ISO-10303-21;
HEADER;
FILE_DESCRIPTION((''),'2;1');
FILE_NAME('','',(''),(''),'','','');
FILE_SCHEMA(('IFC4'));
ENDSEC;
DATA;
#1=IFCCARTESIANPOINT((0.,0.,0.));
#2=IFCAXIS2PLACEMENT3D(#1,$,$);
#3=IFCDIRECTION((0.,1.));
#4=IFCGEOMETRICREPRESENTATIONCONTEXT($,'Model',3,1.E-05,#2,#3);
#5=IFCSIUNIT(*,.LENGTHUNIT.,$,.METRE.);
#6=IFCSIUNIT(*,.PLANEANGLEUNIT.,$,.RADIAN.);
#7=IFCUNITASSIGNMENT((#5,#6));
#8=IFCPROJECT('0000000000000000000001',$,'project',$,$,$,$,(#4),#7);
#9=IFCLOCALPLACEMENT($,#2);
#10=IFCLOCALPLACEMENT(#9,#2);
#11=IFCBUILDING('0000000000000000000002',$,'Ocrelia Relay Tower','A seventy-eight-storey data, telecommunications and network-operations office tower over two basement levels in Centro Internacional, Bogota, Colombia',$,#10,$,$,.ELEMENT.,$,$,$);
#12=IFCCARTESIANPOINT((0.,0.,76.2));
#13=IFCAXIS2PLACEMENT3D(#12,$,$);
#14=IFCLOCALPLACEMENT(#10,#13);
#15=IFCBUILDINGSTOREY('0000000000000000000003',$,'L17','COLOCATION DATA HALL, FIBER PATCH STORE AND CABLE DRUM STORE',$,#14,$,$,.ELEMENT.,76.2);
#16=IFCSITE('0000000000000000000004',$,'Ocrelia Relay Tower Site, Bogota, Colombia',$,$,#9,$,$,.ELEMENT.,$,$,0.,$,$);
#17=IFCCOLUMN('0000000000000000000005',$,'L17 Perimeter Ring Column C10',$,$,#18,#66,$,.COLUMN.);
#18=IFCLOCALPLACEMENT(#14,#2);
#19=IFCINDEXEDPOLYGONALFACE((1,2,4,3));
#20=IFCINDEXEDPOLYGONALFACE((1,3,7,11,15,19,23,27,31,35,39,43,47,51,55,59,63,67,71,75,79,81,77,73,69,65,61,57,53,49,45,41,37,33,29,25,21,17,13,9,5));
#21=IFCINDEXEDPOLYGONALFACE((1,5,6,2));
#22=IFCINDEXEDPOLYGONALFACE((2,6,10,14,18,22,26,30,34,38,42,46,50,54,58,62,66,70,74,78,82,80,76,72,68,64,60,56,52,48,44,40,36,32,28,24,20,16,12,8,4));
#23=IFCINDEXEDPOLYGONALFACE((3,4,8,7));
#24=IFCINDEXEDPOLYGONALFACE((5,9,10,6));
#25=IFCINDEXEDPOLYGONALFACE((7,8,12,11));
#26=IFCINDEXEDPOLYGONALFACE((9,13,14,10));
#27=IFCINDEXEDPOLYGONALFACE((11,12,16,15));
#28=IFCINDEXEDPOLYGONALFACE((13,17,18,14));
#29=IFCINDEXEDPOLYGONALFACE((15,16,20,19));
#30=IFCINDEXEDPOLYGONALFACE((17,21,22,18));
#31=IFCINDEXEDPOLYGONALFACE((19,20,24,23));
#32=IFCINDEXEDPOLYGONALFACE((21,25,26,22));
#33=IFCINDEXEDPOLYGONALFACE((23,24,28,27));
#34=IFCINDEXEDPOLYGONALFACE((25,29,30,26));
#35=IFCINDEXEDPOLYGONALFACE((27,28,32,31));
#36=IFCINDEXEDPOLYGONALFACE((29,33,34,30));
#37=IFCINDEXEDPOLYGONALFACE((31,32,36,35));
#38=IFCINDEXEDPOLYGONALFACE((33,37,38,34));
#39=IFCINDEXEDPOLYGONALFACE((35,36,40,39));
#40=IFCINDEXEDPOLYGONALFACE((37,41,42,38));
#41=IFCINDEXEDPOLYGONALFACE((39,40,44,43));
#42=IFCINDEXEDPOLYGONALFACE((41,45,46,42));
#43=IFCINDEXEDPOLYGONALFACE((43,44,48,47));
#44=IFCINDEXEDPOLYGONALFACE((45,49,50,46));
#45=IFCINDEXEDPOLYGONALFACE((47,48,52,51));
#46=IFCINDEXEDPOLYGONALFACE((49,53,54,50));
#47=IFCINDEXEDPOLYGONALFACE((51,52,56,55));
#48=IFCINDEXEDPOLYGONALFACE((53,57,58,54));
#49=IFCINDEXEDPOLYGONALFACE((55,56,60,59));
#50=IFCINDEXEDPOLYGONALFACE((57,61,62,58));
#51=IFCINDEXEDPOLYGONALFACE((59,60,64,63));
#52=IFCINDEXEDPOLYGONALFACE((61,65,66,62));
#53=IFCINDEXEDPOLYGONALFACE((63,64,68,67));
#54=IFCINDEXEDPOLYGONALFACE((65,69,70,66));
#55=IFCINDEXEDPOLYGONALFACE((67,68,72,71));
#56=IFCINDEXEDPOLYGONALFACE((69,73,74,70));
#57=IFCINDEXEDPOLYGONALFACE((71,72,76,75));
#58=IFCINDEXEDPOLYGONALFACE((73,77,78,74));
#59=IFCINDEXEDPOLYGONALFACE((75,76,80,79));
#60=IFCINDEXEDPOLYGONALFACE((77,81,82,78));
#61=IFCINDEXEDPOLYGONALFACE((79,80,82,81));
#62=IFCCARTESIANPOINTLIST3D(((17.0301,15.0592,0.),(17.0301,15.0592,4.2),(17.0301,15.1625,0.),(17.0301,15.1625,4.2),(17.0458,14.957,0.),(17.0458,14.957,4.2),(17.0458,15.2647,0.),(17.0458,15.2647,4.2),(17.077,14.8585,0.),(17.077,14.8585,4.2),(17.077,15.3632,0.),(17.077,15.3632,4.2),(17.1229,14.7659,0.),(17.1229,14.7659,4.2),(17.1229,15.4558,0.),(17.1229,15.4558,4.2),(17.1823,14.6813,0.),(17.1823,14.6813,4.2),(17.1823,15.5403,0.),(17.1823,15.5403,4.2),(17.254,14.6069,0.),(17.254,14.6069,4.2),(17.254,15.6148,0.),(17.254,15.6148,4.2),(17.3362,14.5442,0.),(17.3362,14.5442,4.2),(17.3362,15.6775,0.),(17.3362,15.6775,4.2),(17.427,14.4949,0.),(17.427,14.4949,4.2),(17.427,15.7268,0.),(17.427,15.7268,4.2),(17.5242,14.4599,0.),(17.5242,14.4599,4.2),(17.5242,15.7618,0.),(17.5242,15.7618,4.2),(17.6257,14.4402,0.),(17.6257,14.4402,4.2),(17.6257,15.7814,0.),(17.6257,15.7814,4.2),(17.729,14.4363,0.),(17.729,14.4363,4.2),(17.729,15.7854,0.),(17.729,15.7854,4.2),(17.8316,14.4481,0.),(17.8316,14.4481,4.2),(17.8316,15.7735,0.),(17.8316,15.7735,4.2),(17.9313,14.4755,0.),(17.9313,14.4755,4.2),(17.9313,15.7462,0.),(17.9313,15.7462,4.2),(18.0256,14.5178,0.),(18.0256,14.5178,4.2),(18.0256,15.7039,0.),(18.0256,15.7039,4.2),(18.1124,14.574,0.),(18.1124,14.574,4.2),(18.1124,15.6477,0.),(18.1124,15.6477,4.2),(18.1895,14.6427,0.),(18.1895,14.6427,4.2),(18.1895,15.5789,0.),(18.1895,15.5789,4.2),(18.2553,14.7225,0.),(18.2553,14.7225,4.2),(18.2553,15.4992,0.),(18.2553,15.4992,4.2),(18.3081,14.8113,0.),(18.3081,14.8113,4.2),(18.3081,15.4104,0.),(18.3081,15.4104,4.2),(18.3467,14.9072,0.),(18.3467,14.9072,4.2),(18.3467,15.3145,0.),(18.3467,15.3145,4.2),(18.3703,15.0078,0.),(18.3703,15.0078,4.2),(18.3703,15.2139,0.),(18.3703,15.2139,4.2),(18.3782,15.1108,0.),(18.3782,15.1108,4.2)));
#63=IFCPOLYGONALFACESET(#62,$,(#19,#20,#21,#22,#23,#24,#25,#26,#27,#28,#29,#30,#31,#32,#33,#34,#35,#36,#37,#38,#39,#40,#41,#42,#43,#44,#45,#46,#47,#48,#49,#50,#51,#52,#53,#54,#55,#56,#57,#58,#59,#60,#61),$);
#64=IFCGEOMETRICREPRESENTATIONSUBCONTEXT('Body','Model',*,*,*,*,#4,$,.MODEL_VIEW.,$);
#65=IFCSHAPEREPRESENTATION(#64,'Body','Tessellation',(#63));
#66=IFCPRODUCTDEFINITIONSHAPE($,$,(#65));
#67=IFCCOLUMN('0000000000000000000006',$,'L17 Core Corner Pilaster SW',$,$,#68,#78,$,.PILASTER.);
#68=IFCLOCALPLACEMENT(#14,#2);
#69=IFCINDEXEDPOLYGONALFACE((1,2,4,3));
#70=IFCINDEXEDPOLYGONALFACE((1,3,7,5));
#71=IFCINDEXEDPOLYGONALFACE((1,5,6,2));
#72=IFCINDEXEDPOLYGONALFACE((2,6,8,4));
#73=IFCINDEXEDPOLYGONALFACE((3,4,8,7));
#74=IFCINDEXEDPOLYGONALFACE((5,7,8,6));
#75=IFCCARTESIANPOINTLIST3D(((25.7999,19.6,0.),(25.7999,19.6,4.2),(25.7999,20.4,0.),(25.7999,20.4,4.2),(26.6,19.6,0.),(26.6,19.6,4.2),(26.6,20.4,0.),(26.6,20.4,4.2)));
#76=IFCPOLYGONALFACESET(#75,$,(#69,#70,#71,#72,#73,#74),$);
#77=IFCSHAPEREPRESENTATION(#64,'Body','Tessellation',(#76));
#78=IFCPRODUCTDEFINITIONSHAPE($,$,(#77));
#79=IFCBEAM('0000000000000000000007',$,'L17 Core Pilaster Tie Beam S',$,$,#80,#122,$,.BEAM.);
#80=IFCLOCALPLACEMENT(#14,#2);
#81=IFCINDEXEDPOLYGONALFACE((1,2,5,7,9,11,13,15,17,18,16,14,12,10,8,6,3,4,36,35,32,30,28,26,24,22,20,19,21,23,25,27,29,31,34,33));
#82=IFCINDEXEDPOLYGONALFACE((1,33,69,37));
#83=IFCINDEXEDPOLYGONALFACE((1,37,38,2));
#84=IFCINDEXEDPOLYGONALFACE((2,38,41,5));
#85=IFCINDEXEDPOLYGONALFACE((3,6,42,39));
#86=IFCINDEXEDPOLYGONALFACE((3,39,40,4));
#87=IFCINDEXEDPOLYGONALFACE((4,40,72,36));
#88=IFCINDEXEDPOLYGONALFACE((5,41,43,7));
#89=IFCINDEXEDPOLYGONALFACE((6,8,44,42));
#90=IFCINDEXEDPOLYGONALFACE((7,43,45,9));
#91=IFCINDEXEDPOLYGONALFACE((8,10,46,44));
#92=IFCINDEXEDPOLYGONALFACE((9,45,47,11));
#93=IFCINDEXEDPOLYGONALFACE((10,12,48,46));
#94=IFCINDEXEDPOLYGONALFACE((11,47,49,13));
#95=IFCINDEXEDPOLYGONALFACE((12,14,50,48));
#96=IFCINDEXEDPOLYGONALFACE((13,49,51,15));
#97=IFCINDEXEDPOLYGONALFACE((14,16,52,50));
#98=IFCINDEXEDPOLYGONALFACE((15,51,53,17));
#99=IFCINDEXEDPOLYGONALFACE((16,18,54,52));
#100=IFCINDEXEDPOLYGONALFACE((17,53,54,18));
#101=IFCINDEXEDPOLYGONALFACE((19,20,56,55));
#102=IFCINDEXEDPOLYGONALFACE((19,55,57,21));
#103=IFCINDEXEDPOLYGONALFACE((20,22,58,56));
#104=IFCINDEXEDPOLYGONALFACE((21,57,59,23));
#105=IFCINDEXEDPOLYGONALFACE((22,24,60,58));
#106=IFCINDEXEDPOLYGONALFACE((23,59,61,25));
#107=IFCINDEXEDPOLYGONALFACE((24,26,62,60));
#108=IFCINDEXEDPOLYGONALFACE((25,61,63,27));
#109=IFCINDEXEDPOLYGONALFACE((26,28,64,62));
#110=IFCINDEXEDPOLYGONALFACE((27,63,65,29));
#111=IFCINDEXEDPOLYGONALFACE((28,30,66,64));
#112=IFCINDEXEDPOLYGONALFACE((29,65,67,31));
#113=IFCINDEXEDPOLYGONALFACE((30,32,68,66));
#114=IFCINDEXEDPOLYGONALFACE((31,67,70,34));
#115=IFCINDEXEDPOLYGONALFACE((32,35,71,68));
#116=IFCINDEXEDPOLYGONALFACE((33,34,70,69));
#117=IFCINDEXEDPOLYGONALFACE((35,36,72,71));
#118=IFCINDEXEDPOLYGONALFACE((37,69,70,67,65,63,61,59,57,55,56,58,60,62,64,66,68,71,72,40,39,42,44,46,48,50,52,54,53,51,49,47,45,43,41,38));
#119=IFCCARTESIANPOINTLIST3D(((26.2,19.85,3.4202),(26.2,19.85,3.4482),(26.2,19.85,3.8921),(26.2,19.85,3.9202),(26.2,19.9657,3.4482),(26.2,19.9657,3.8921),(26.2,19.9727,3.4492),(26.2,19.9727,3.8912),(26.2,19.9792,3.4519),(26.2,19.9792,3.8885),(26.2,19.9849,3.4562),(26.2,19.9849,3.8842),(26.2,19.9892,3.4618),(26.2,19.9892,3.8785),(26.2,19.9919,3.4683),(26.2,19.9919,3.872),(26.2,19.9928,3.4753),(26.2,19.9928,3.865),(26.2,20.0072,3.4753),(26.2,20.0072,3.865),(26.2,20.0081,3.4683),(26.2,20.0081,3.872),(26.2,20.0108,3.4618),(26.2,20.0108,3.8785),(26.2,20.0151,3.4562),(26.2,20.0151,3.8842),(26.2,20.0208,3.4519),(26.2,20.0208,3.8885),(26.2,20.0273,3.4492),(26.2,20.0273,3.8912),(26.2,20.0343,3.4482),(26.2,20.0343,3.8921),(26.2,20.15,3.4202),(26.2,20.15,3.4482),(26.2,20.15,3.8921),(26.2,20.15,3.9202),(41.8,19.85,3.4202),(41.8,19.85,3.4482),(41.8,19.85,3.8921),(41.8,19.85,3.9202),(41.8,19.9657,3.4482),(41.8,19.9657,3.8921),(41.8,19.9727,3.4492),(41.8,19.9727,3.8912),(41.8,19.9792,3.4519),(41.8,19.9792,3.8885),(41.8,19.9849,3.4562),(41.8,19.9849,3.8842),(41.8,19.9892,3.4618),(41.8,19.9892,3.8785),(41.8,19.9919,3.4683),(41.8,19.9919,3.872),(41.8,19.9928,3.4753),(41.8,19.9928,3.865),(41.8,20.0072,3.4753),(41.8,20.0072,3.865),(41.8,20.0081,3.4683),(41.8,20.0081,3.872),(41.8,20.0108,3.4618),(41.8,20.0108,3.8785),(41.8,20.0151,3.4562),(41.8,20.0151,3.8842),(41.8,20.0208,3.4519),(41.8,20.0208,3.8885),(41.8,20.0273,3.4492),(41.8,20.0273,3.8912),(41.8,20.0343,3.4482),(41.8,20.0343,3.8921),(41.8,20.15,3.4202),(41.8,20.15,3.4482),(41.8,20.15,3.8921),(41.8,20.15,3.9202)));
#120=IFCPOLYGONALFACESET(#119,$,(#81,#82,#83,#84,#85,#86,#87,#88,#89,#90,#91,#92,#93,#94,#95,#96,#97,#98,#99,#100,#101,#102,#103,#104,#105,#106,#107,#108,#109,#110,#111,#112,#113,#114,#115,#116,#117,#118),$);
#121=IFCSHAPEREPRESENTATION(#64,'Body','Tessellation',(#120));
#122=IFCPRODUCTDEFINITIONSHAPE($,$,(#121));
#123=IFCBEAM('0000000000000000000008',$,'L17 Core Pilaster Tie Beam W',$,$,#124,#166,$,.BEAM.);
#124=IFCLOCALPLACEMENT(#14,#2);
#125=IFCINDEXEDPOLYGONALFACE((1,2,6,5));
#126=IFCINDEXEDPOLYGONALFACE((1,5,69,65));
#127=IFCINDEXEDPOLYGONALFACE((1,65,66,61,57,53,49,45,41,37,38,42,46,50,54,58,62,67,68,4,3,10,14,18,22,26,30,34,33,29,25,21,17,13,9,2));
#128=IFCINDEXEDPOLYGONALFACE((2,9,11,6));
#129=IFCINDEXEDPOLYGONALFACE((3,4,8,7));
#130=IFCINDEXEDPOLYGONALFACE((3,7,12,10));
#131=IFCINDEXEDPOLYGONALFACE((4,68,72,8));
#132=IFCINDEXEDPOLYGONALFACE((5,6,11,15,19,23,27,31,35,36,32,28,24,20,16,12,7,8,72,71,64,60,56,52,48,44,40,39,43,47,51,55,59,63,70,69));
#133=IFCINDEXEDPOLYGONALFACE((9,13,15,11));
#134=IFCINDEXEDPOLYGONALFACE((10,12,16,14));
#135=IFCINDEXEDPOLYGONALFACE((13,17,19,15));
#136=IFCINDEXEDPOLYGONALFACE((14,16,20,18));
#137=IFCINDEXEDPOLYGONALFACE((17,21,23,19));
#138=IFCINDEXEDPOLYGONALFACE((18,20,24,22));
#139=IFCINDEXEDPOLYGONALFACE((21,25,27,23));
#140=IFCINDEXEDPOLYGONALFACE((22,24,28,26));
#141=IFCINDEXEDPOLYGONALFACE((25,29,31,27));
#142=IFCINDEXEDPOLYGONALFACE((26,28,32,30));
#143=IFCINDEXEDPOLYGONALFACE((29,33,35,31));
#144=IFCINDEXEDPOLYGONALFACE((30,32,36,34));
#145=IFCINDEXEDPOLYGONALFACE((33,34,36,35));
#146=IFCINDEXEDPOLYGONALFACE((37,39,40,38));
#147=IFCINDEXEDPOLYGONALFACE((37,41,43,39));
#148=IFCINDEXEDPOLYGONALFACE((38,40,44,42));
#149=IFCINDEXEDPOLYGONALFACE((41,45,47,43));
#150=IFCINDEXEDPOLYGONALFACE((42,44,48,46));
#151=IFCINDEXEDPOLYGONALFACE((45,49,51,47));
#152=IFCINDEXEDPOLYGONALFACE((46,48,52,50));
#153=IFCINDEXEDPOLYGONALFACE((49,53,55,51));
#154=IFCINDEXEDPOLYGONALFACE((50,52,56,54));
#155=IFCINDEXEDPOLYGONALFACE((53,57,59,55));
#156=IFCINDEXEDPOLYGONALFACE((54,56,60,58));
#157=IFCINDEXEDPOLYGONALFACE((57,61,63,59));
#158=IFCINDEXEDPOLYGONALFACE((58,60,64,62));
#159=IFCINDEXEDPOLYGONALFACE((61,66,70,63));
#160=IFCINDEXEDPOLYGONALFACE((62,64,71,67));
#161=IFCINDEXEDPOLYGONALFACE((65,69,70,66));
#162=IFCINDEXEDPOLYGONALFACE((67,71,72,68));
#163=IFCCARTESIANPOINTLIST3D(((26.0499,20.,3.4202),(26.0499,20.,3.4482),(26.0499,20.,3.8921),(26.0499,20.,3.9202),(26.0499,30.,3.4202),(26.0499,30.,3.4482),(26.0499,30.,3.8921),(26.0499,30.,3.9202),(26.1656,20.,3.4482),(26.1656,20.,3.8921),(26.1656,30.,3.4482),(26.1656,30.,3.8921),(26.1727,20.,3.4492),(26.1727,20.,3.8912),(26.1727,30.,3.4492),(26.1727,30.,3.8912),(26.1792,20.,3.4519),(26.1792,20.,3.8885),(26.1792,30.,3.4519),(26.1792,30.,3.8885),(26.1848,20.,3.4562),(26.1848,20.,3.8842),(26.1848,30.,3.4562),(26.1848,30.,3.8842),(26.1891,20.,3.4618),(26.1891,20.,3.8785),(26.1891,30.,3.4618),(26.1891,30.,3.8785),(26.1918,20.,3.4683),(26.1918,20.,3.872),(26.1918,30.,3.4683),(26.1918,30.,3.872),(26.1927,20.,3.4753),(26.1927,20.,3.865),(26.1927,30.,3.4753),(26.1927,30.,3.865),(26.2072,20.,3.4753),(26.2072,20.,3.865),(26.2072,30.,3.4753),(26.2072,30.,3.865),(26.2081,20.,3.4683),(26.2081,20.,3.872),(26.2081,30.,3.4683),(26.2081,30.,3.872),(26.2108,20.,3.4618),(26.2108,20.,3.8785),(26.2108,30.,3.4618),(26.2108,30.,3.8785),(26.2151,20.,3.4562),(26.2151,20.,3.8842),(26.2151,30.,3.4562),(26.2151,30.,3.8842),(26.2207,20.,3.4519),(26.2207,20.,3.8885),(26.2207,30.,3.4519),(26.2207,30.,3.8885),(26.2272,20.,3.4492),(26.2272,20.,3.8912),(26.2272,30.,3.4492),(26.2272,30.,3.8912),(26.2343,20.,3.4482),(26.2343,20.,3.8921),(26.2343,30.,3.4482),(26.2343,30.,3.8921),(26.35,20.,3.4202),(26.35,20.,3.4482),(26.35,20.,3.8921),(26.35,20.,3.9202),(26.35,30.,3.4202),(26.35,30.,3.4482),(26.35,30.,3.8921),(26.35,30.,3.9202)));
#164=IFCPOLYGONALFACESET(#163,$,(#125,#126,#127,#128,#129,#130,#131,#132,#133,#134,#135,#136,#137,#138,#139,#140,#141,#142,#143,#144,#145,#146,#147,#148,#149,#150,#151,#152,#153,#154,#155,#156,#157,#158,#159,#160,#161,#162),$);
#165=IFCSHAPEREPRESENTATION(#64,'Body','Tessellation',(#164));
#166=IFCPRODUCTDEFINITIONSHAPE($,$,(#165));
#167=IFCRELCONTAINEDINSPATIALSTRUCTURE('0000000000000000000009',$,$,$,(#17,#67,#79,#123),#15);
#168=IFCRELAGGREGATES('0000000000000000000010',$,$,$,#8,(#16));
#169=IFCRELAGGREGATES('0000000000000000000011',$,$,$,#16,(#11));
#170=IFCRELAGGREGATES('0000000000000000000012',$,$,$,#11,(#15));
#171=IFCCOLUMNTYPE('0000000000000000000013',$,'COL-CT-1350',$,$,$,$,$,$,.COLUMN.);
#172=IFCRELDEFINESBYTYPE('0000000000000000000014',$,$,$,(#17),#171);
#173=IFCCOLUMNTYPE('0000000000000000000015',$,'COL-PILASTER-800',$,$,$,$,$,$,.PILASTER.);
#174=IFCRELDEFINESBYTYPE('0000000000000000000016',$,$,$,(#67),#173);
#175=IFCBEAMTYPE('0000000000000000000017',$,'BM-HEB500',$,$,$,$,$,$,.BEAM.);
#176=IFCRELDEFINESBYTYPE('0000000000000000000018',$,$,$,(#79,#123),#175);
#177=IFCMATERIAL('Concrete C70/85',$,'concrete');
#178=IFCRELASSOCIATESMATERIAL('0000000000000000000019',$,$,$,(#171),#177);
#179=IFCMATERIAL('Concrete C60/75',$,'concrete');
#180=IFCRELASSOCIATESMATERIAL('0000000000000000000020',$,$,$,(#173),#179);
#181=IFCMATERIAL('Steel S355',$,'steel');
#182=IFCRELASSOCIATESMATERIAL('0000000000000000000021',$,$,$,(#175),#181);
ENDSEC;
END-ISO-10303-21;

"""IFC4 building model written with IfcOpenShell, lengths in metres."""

from ifc_helpers import new_model, si_unit, direction, frame, origin, origin_2d, place, context, subcontext, project, spatial, rectangle, circle, i_section, extrude, material, material_profile, profile_set, type_object, element, save


model = new_model("IFC4")

# Units and contexts
model_context = context("Model", 3, precision=1e-05, world=origin(), true_north=direction((0.0, 1.0)))
body_context = subcontext(model_context, "Body", "Model", "MODEL_VIEW")
ifc_project = project(units=[si_unit("LENGTHUNIT", "METRE"), si_unit("PLANEANGLEUNIT", "RADIAN")], contexts=[model_context])

# Site, building, storey
site_placement = place(None, origin())
site = spatial("IfcSite", under=ifc_project, at=site_placement, Name="Ocrelia Relay Tower Site, Bogota, Colombia", CompositionType="ELEMENT", RefElevation=0.0)
building_placement = place(site_placement, origin())
building = spatial("IfcBuilding", under=site, at=building_placement, Name="Ocrelia Relay Tower", Description="A seventy-eight-storey data, telecommunications and network-operations office tower over two basement levels in Centro Internacional, Bogota, Colombia", CompositionType="ELEMENT")
storey_placement = place(building_placement, frame((0.0, 0.0, 76.2)))
storey = spatial("IfcBuildingStorey", under=building, at=storey_placement, Name="L17", Description="COLOCATION DATA HALL, FIBER PATCH STORE AND CABLE DRUM STORE", CompositionType="ELEMENT", Elevation=76.2)

# Columns
ifc_material_1 = material(Name="Concrete C70/85", Category="concrete")
ifc_material_profile_1 = material_profile(ifc_material_1, circle(Radius=0.675, at=origin_2d()), Name="RC-CIR-1350")
ifc_profile_set_1 = profile_set([ifc_material_profile_1], Name="Concrete C70/85")
column_type_1 = type_object("IfcColumnType", Name="COL-CT-1350", PredefinedType="COLUMN", material=ifc_profile_set_1)
column_1_placement = place(storey_placement, frame((17.7031, 15.1108, 0.0), z_axis=(0.0, 0.0, 1.0), x_axis=(1.0, 0.0, 0.0)))
element("IfcColumn", 1, at=column_1_placement, inside=storey, type_object=column_type_1, Name="L17 Perimeter Ring Column C10", PredefinedType="COLUMN", context=body_context, shape_type="SweptSolid", body=[
    extrude(circle(Radius=0.675, at=origin_2d()), origin(), (0.0, 0.0, 1.0), 4.2),
])
ifc_material_2 = material(Name="Concrete C60/75", Category="concrete")
ifc_material_profile_2 = material_profile(ifc_material_2, rectangle(XDim=0.8, YDim=0.8, at=origin_2d()), Name="RC-COL-800x800")
ifc_profile_set_2 = profile_set([ifc_material_profile_2], Name="Concrete C60/75")
column_type_2 = type_object("IfcColumnType", Name="COL-PILASTER-800", PredefinedType="PILASTER", material=ifc_profile_set_2)
column_2_placement = place(storey_placement, frame((26.2, 20.0, 0.0), z_axis=(0.0, 0.0, 1.0), x_axis=(1.0, 0.0, 0.0)))
element("IfcColumn", 2, at=column_2_placement, inside=storey, type_object=column_type_2, Name="L17 Core Corner Pilaster SW", PredefinedType="PILASTER", context=body_context, shape_type="SweptSolid", body=[
    extrude(rectangle(XDim=0.8, YDim=0.8, at=origin_2d()), origin(), (0.0, 0.0, 1.0), 4.2),
])

# Beams
ifc_material_3 = material(Name="Steel S355", Category="steel")
ifc_material_profile_3 = material_profile(ifc_material_3, i_section(OverallWidth=0.3, OverallDepth=0.5, WebThickness=0.0144, FlangeThickness=0.0281, FilletRadius=0.0271, at=origin_2d()), Name="HEB 500")
ifc_profile_set_3 = profile_set([ifc_material_profile_3], Name="Steel S355")
beam_type_1 = type_object("IfcBeamType", Name="BM-HEB500", PredefinedType="BEAM", material=ifc_profile_set_3)
beam_1_placement = place(storey_placement, frame((26.2, 20.0, 3.6702), z_axis=(1.0, 0.0, 0.0), x_axis=(0.0, 1.0, 0.0)))
element("IfcBeam", 3, at=beam_1_placement, inside=storey, type_object=beam_type_1, Name="L17 Core Pilaster Tie Beam S", PredefinedType="BEAM", context=body_context, shape_type="SweptSolid", body=[
    extrude(i_section(OverallWidth=0.3, OverallDepth=0.5, WebThickness=0.0144, FlangeThickness=0.0281, FilletRadius=0.0271, at=origin_2d()), origin(), (0.0, 0.0, 1.0), 15.6001),
])
beam_2_placement = place(storey_placement, frame((26.2, 20.0, 3.6702), z_axis=(0.0, 1.0, 0.0), x_axis=(-1.0, 0.0, 0.0)))
element("IfcBeam", 4, at=beam_2_placement, inside=storey, type_object=beam_type_1, Name="L17 Core Pilaster Tie Beam W", PredefinedType="BEAM", context=body_context, shape_type="SweptSolid", body=[
    extrude(i_section(OverallWidth=0.3, OverallDepth=0.5, WebThickness=0.0144, FlangeThickness=0.0281, FilletRadius=0.0271, at=origin_2d()), origin(), (0.0, 0.0, 1.0), 10.0),
])

save(model, "model.ifc")
